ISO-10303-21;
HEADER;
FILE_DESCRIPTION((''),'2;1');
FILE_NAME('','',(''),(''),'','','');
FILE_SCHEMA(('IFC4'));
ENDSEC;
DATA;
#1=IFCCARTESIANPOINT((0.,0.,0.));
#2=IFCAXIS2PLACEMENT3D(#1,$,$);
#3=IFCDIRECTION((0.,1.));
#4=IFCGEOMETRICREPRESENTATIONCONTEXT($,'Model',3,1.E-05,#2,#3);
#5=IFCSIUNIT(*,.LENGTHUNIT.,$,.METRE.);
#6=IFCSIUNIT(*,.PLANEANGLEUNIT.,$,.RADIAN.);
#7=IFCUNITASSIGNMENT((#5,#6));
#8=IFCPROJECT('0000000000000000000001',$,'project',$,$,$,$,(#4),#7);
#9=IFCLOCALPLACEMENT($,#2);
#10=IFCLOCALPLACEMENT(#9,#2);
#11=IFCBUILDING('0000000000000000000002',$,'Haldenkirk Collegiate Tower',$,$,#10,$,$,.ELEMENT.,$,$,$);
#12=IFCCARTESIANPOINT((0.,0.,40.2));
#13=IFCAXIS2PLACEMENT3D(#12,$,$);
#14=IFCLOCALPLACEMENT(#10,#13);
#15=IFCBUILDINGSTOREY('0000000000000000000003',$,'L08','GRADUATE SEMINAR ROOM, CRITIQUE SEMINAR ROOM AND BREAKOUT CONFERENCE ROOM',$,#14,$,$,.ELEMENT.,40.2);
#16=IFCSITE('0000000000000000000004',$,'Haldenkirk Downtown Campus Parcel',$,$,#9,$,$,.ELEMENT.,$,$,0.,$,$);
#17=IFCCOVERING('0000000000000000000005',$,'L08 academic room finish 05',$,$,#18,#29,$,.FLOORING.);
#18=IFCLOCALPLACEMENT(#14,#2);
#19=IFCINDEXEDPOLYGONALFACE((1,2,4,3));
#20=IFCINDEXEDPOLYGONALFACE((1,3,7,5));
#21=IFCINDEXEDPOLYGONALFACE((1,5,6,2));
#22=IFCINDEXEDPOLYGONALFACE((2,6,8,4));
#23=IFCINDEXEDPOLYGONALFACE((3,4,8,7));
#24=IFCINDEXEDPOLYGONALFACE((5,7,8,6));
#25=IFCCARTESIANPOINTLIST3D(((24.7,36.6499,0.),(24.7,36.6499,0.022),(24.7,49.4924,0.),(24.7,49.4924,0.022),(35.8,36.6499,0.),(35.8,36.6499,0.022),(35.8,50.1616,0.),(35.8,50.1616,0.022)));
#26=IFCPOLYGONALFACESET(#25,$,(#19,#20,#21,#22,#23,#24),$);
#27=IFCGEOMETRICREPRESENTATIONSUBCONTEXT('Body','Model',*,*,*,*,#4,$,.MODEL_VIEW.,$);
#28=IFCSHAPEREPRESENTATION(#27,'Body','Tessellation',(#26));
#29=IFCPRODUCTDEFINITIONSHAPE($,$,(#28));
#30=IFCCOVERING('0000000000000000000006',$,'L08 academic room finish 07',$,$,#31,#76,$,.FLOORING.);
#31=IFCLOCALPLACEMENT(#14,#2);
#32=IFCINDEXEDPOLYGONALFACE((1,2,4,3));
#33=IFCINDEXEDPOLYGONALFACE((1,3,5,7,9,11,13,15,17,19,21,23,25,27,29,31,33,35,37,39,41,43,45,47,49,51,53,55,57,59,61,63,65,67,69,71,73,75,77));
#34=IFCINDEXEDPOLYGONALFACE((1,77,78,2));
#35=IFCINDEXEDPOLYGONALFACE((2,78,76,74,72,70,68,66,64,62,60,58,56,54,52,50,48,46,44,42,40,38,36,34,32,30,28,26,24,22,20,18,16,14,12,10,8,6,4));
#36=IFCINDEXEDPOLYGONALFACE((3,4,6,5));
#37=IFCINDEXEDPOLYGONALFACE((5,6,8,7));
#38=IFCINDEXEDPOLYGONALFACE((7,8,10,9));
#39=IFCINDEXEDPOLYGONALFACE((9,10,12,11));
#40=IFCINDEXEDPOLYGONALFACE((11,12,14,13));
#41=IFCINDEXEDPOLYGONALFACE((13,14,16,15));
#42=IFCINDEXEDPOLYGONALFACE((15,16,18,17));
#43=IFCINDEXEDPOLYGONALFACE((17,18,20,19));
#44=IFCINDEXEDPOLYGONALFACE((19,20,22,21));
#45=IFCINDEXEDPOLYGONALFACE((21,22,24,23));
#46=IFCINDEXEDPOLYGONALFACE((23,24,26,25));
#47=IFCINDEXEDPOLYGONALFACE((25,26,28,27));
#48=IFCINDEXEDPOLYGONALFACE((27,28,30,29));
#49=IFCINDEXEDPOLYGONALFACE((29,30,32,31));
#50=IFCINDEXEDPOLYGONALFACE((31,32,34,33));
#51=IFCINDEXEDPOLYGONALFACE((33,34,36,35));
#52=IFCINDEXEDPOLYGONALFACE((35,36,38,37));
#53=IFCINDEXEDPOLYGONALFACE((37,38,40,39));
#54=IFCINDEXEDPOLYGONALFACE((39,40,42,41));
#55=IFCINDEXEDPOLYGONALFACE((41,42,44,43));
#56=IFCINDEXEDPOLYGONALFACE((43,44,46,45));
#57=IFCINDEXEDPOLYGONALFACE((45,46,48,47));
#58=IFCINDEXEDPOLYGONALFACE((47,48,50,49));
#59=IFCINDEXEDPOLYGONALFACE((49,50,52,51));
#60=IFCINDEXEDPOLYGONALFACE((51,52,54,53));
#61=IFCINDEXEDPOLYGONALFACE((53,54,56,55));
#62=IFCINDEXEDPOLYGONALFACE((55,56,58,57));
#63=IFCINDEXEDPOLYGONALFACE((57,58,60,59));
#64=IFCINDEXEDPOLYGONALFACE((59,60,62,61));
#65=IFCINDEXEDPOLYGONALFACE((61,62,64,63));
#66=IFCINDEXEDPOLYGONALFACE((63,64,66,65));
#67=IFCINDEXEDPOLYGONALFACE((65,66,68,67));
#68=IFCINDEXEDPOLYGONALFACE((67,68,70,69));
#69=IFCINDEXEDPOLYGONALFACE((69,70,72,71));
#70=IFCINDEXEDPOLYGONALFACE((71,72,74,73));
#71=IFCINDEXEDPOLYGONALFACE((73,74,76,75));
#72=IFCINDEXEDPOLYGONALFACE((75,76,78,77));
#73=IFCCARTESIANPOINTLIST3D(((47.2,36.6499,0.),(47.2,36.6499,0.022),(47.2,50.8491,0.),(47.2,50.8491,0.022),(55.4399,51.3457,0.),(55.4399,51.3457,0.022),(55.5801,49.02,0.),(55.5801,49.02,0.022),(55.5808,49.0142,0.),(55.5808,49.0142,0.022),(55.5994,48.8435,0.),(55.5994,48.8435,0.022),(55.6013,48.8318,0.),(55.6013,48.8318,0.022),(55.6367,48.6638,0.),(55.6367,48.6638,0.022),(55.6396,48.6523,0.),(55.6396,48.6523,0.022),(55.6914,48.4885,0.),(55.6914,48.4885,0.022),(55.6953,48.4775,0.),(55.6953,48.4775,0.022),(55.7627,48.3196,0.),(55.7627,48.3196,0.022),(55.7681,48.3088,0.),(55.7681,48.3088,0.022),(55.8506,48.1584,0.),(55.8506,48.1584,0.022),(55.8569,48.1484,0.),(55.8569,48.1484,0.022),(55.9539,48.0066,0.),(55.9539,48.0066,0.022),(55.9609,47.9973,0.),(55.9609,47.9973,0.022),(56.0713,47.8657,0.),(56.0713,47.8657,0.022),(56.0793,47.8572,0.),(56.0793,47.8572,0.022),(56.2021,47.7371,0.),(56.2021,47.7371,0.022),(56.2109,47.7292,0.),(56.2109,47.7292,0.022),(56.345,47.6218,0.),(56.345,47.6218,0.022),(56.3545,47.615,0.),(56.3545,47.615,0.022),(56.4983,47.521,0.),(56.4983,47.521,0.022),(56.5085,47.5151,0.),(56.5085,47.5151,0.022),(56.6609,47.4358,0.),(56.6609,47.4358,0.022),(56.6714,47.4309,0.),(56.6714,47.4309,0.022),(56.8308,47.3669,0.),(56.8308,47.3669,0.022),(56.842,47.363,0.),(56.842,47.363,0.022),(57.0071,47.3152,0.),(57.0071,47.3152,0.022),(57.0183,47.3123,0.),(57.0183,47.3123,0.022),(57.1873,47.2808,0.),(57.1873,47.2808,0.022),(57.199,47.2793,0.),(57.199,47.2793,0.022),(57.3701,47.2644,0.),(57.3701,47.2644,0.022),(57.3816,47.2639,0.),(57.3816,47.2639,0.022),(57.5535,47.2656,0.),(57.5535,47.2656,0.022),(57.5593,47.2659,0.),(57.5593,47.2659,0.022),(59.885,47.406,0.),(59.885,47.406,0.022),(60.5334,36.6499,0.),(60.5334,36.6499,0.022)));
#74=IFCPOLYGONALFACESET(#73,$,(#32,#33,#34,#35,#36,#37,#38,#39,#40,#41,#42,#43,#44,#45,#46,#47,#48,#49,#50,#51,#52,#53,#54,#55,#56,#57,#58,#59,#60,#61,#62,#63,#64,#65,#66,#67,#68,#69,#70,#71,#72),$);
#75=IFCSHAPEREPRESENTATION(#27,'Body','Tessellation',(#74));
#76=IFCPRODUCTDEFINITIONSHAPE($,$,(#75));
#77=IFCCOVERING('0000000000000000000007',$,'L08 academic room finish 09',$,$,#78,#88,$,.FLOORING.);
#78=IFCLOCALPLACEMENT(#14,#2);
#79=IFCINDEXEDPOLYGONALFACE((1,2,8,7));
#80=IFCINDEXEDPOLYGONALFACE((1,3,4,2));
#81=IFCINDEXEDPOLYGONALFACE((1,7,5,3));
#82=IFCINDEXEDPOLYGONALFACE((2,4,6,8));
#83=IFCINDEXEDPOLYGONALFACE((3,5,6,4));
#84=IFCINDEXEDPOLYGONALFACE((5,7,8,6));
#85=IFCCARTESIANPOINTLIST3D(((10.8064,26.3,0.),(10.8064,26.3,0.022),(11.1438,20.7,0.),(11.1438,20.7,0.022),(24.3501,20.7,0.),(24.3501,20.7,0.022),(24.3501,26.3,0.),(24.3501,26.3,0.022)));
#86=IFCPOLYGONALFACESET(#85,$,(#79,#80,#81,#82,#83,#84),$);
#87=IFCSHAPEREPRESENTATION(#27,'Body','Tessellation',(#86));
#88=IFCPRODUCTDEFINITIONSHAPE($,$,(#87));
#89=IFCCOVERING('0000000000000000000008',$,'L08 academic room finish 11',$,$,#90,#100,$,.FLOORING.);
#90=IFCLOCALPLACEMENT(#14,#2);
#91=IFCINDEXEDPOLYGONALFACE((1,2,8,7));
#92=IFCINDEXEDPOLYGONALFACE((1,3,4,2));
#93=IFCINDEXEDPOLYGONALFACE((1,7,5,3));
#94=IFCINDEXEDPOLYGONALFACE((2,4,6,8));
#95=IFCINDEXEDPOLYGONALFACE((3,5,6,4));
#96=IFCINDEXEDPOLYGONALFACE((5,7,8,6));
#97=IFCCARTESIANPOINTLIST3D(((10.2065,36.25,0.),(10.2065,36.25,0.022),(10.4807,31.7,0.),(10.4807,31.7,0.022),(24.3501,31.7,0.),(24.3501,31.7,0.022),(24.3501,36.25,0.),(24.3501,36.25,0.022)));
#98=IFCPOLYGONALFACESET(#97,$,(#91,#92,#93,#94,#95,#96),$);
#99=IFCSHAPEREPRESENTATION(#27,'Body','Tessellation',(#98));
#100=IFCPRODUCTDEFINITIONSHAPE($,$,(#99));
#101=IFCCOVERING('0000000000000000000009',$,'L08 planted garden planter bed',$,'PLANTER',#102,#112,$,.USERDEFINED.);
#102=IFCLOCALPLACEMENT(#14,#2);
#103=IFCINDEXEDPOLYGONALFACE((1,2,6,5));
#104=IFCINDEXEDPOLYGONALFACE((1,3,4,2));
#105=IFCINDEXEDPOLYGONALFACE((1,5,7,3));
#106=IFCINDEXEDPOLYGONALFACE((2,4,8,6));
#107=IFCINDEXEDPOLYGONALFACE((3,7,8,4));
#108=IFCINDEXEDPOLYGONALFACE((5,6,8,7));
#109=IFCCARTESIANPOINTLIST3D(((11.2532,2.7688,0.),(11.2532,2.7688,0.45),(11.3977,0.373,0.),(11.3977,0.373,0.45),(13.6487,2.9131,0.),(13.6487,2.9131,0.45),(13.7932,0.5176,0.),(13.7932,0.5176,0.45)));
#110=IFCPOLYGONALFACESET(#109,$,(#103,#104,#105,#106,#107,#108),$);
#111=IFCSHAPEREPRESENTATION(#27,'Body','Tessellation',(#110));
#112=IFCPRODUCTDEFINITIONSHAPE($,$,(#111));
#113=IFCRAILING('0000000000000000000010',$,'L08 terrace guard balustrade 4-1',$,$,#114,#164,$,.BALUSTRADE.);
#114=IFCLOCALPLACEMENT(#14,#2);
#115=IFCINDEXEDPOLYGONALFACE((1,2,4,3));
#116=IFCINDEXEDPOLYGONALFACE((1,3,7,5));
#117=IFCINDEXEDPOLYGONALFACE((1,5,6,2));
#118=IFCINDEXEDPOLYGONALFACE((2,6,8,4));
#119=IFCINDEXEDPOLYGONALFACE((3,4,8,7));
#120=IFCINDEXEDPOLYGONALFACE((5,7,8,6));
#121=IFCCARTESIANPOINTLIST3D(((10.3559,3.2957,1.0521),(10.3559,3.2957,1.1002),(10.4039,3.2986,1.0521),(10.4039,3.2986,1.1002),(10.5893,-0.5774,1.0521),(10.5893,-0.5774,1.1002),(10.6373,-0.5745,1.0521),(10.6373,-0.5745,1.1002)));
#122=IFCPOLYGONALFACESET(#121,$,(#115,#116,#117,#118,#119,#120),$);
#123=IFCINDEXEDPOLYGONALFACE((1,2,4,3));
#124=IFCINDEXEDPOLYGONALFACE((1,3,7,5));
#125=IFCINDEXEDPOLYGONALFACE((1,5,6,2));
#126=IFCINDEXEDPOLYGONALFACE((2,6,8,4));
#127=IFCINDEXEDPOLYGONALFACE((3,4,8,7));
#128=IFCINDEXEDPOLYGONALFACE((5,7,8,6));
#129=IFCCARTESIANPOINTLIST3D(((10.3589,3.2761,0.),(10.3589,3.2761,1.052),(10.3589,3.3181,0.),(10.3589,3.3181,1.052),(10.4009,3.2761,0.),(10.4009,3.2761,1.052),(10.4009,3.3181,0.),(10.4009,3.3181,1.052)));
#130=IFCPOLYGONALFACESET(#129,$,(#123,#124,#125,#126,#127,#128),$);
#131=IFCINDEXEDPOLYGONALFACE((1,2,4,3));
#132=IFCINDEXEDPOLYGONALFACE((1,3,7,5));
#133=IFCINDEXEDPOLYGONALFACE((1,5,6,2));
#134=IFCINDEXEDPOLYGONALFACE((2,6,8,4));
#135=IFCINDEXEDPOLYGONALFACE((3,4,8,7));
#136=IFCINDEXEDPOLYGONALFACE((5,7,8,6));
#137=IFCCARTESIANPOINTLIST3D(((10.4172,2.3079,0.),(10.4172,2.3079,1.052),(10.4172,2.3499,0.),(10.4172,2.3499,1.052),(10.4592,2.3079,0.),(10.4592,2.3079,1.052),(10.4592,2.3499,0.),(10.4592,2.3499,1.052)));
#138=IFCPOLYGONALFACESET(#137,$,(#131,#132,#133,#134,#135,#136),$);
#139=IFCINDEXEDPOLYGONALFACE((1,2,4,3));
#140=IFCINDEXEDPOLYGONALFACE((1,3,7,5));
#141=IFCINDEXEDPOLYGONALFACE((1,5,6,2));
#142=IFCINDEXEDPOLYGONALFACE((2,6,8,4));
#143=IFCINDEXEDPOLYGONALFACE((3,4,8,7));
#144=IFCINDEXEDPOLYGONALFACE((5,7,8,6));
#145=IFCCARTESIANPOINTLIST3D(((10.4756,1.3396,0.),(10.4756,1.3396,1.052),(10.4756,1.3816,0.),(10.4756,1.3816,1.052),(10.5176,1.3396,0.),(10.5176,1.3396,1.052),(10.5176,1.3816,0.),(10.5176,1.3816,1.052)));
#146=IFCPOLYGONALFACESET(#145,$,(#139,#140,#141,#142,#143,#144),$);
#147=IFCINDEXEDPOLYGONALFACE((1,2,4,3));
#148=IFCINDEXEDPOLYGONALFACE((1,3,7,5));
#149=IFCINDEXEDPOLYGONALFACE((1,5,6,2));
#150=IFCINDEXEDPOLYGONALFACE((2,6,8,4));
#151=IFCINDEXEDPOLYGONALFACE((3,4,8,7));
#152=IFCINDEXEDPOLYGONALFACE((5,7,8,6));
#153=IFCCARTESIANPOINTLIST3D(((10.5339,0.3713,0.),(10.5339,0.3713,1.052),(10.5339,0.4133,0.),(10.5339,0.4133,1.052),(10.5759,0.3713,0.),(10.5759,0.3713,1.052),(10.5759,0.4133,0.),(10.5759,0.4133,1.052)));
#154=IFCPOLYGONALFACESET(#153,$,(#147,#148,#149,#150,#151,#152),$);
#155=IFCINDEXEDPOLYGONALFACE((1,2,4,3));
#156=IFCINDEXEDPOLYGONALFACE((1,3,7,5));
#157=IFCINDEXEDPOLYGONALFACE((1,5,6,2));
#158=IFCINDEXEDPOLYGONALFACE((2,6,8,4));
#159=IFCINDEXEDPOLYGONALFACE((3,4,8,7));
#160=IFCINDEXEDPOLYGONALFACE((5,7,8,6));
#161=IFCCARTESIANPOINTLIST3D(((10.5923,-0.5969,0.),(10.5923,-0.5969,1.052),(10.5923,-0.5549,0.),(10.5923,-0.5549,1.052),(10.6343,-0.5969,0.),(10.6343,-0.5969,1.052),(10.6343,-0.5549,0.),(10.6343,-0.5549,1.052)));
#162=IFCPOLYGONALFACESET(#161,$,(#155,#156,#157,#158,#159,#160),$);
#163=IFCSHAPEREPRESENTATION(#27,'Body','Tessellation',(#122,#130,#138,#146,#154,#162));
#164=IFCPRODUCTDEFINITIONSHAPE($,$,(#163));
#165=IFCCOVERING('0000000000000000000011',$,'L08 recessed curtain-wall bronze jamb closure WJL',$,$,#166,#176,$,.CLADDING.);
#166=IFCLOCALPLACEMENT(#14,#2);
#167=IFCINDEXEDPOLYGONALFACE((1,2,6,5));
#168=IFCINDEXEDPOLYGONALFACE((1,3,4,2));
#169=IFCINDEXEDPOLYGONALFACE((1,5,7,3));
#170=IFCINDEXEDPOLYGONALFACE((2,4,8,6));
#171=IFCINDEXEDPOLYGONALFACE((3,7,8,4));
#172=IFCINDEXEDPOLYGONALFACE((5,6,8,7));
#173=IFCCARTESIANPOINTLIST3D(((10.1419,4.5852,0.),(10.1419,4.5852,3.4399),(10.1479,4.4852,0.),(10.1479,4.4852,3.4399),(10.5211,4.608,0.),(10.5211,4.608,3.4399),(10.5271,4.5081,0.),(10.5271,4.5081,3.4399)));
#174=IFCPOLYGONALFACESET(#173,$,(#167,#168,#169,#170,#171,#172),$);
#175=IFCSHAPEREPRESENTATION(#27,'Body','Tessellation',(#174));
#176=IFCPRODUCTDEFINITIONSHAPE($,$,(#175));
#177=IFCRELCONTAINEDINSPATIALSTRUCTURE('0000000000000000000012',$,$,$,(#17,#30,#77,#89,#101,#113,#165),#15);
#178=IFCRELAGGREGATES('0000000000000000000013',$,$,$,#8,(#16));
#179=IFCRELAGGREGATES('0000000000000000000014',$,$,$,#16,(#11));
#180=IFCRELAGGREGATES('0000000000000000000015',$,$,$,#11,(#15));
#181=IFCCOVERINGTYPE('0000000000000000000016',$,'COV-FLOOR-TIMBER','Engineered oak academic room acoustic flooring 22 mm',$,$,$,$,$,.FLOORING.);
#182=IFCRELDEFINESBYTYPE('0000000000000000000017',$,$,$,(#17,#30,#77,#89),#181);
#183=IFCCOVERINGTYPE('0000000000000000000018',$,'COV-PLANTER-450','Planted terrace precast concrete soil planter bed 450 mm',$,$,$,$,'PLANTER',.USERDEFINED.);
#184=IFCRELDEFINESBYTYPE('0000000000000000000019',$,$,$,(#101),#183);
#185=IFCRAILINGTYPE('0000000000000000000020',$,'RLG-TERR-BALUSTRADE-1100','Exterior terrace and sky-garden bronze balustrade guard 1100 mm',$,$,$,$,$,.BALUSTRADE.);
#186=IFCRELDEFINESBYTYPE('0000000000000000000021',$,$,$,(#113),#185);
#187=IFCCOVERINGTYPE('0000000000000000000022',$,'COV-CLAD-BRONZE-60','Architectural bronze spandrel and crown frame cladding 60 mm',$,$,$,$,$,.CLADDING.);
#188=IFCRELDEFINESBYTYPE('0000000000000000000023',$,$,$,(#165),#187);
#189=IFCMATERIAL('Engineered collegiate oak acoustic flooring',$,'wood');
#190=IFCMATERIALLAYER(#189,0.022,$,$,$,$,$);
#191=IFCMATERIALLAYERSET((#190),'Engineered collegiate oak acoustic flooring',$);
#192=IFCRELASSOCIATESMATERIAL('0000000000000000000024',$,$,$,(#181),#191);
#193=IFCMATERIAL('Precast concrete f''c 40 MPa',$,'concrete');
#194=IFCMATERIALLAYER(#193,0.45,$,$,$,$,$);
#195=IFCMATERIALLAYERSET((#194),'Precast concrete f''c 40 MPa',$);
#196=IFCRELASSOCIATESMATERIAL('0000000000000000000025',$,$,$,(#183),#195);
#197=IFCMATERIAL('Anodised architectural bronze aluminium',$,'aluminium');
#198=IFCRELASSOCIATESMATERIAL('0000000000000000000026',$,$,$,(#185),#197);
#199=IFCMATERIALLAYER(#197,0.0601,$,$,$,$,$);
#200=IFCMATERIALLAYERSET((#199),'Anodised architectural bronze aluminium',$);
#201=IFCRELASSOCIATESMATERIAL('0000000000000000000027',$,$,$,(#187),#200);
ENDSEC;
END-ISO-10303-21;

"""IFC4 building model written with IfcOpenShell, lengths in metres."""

from ifc_helpers import new_model, si_unit, direction, frame, origin, origin_2d, place, context, subcontext, project, spatial, polyline, rectangle, outline, extrude, source, transform, mapped, material, layer, layer_set, type_object, element, save


model = new_model("IFC4")

# Units and contexts
model_context = context("Model", 3, precision=1e-05, world=origin(), true_north=direction((0.0, 1.0)))
body_context = subcontext(model_context, "Body", "Model", "MODEL_VIEW")
ifc_project = project(units=[si_unit("LENGTHUNIT", "METRE"), si_unit("PLANEANGLEUNIT", "RADIAN")], contexts=[model_context])

# Site, building, storey
site_placement = place(None, origin())
site = spatial("IfcSite", under=ifc_project, at=site_placement, Name="Haldenkirk Downtown Campus Parcel", CompositionType="ELEMENT", RefElevation=0.0)
building_placement = place(site_placement, origin())
building = spatial("IfcBuilding", under=site, at=building_placement, Name="Haldenkirk Collegiate Tower", CompositionType="ELEMENT")
storey_placement = place(building_placement, frame((0.0, 0.0, 40.2)))
storey = spatial("IfcBuildingStorey", under=building, at=storey_placement, Name="L08", Description="GRADUATE SEMINAR ROOM, CRITIQUE SEMINAR ROOM AND BREAKOUT CONFERENCE ROOM", CompositionType="ELEMENT", Elevation=40.2)

# Shared definitions
ifc_material_1 = material(Name="Anodised architectural bronze aluminium", Category="aluminium")

# Shared definitions
ifc_material_2 = material(Name="Precast concrete f'c 40 MPa", Category="concrete")

# Coverings
ifc_material_3 = material(Name="Engineered collegiate oak acoustic flooring", Category="wood")
ifc_layer_1 = layer(ifc_material_3, 0.022)
ifc_layer_set_1 = layer_set([ifc_layer_1], Name="Engineered collegiate oak acoustic flooring")
covering_type_1 = type_object("IfcCoveringType", Name="COV-FLOOR-TIMBER", Description="Engineered oak academic room acoustic flooring 22 mm", PredefinedType="FLOORING", material=ifc_layer_set_1)
covering_1_placement = place(storey_placement, origin())
element("IfcCovering", 1, at=covering_1_placement, inside=storey, type_object=covering_type_1, Name="L08 academic room finish 05", PredefinedType="FLOORING", context=body_context, shape_type="SweptSolid", body=[
    extrude(outline(polyline([(35.8, 50.1616), (35.8, 36.6499), (24.7, 36.6499), (24.7, 49.4924), (35.8, 50.1616)])), origin(), (0.0, 0.0, 1.0), 0.022),
])
covering_2_placement = place(storey_placement, origin())
element("IfcCovering", 2, at=covering_2_placement, inside=storey, type_object=covering_type_1, Name="L08 academic room finish 07", PredefinedType="FLOORING", context=body_context, shape_type="SweptSolid", body=[
    extrude(outline(polyline([(55.4399, 51.3457), (55.5801, 49.02), (55.5808, 49.0142), (55.5994, 48.8435), (55.6013, 48.8318), (55.6367, 48.6638), (55.6396, 48.6523), (55.6914, 48.4885), (55.6953, 48.4775), (55.7627, 48.3196), (55.7681, 48.3088), (55.8506, 48.1584), (55.8569, 48.1484), (55.9539, 48.0066), (55.9609, 47.9973), (56.0713, 47.8657), (56.0793, 47.8572), (56.2021, 47.7371), (56.2109, 47.7292), (56.345, 47.6218), (56.3545, 47.615), (56.4983, 47.521), (56.5085, 47.5151), (56.6609, 47.4358), (56.6714, 47.4309), (56.8308, 47.3669), (56.842, 47.363), (57.0071, 47.3152), (57.0183, 47.3123), (57.1873, 47.2808), (57.199, 47.2793), (57.3701, 47.2644), (57.3816, 47.2639), (57.5535, 47.2656), (57.5593, 47.2659), (59.885, 47.406), (60.5334, 36.6499), (47.2, 36.6499), (47.2, 50.8491), (55.4399, 51.3457)])), origin(), (0.0, 0.0, 1.0), 0.022),
])
covering_3_placement = place(storey_placement, origin())
element("IfcCovering", 3, at=covering_3_placement, inside=storey, type_object=covering_type_1, Name="L08 academic room finish 09", PredefinedType="FLOORING", context=body_context, shape_type="SweptSolid", body=[
    extrude(outline(polyline([(10.8064, 26.3), (24.3501, 26.3), (24.3501, 20.7), (11.1438, 20.7), (10.8064, 26.3)])), origin(), (0.0, 0.0, 1.0), 0.022),
])
covering_4_placement = place(storey_placement, origin())
element("IfcCovering", 4, at=covering_4_placement, inside=storey, type_object=covering_type_1, Name="L08 academic room finish 11", PredefinedType="FLOORING", context=body_context, shape_type="SweptSolid", body=[
    extrude(outline(polyline([(10.2065, 36.25), (24.3501, 36.25), (24.3501, 31.7), (10.4807, 31.7), (10.2065, 36.25)])), origin(), (0.0, 0.0, 1.0), 0.022),
])
ifc_layer_2 = layer(ifc_material_2, 0.45)
ifc_layer_set_2 = layer_set([ifc_layer_2], Name="Precast concrete f'c 40 MPa")
covering_type_2 = type_object("IfcCoveringType", Name="COV-PLANTER-450", Description="Planted terrace precast concrete soil planter bed 450 mm", ElementType="PLANTER", PredefinedType="USERDEFINED", material=ifc_layer_set_2)
covering_5_placement = place(storey_placement, origin())
element("IfcCovering", 5, at=covering_5_placement, inside=storey, type_object=covering_type_2, Name="L08 planted garden planter bed", ObjectType="PLANTER", PredefinedType="USERDEFINED", context=body_context, shape_type="SweptSolid", body=[
    extrude(outline(polyline([(11.3977, 0.373), (11.2532, 2.7688), (13.6487, 2.9131), (13.7932, 0.5176), (11.3977, 0.373)])), origin(), (0.0, 0.0, 1.0), 0.45),
])

# Railing
railing_type = type_object("IfcRailingType", Name="RLG-TERR-BALUSTRADE-1100", Description="Exterior terrace and sky-garden bronze balustrade guard 1100 mm", PredefinedType="BALUSTRADE", material=ifc_material_1)
railing_placement = place(storey_placement, frame((10.3799, 3.2971, 0.0)))
element("IfcRailing", 6, at=railing_placement, inside=storey, type_object=railing_type, Name="L08 terrace guard balustrade 4-1", PredefinedType="BALUSTRADE", context=body_context, shape_type="SweptSolid", body=[
    extrude(rectangle(XDim=0.0481, YDim=0.0481, at=origin_2d()), frame((0.0, 0.0, 1.0762), z_axis=(0.060153, -0.998189, 0.0), x_axis=(0.998189, 0.060153, 0.0)), (0.0, 0.0, 1.0), 3.8801),
    extrude(rectangle(XDim=0.042, YDim=0.042, at=origin_2d()), origin(), (0.0, 0.0, 1.0), 1.052),
    extrude(rectangle(XDim=0.042, YDim=0.042, at=origin_2d()), frame((0.0583, -0.9683, 0.0)), (0.0, 0.0, 1.0), 1.052),
    extrude(rectangle(XDim=0.042, YDim=0.042, at=origin_2d()), frame((0.1167, -1.9365, 0.0)), (0.0, 0.0, 1.0), 1.052),
    extrude(rectangle(XDim=0.042, YDim=0.042, at=origin_2d()), frame((0.175, -2.9048, 0.0)), (0.0, 0.0, 1.0), 1.052),
    extrude(rectangle(XDim=0.042, YDim=0.042, at=origin_2d()), frame((0.2334, -3.873, 0.0)), (0.0, 0.0, 1.0), 1.052),
])

# Covering
ifc_layer_3 = layer(ifc_material_1, 0.0601)
ifc_layer_set_3 = layer_set([ifc_layer_3], Name="Anodised architectural bronze aluminium")
covering_type_3 = type_object("IfcCoveringType", Name="COV-CLAD-BRONZE-60", Description="Architectural bronze spandrel and crown frame cladding 60 mm", PredefinedType="CLADDING", material=ifc_layer_set_3)
shared_shape_1 = source(origin(), body_context, "Body", "SweptSolid", [
    extrude(rectangle(XDim=0.1001, YDim=0.3799, at=origin_2d()), origin(), (0.0, 0.0, 1.0), 3.4399),
])
covering_6_placement = place(storey_placement, frame((10.3345, 4.5466, 0.0), z_axis=(0.0, 0.0, 1.0), x_axis=(-0.060177, 0.998188, 0.0)))
element("IfcCovering", 7, at=covering_6_placement, inside=storey, type_object=covering_type_3, Name="L08 recessed curtain-wall bronze jamb closure WJL", PredefinedType="CLADDING", context=body_context, shape_type="MappedRepresentation", body=[
    mapped(shared_shape_1, transform((0.0, 0.0, 0.0), x_axis=(1.0, 0.0, 0.0), y_axis=(0.0, 1.0, 0.0), z_axis=(0.0, 0.0, 1.0), scale=1.0)),
])

save(model, "model.ifc")
